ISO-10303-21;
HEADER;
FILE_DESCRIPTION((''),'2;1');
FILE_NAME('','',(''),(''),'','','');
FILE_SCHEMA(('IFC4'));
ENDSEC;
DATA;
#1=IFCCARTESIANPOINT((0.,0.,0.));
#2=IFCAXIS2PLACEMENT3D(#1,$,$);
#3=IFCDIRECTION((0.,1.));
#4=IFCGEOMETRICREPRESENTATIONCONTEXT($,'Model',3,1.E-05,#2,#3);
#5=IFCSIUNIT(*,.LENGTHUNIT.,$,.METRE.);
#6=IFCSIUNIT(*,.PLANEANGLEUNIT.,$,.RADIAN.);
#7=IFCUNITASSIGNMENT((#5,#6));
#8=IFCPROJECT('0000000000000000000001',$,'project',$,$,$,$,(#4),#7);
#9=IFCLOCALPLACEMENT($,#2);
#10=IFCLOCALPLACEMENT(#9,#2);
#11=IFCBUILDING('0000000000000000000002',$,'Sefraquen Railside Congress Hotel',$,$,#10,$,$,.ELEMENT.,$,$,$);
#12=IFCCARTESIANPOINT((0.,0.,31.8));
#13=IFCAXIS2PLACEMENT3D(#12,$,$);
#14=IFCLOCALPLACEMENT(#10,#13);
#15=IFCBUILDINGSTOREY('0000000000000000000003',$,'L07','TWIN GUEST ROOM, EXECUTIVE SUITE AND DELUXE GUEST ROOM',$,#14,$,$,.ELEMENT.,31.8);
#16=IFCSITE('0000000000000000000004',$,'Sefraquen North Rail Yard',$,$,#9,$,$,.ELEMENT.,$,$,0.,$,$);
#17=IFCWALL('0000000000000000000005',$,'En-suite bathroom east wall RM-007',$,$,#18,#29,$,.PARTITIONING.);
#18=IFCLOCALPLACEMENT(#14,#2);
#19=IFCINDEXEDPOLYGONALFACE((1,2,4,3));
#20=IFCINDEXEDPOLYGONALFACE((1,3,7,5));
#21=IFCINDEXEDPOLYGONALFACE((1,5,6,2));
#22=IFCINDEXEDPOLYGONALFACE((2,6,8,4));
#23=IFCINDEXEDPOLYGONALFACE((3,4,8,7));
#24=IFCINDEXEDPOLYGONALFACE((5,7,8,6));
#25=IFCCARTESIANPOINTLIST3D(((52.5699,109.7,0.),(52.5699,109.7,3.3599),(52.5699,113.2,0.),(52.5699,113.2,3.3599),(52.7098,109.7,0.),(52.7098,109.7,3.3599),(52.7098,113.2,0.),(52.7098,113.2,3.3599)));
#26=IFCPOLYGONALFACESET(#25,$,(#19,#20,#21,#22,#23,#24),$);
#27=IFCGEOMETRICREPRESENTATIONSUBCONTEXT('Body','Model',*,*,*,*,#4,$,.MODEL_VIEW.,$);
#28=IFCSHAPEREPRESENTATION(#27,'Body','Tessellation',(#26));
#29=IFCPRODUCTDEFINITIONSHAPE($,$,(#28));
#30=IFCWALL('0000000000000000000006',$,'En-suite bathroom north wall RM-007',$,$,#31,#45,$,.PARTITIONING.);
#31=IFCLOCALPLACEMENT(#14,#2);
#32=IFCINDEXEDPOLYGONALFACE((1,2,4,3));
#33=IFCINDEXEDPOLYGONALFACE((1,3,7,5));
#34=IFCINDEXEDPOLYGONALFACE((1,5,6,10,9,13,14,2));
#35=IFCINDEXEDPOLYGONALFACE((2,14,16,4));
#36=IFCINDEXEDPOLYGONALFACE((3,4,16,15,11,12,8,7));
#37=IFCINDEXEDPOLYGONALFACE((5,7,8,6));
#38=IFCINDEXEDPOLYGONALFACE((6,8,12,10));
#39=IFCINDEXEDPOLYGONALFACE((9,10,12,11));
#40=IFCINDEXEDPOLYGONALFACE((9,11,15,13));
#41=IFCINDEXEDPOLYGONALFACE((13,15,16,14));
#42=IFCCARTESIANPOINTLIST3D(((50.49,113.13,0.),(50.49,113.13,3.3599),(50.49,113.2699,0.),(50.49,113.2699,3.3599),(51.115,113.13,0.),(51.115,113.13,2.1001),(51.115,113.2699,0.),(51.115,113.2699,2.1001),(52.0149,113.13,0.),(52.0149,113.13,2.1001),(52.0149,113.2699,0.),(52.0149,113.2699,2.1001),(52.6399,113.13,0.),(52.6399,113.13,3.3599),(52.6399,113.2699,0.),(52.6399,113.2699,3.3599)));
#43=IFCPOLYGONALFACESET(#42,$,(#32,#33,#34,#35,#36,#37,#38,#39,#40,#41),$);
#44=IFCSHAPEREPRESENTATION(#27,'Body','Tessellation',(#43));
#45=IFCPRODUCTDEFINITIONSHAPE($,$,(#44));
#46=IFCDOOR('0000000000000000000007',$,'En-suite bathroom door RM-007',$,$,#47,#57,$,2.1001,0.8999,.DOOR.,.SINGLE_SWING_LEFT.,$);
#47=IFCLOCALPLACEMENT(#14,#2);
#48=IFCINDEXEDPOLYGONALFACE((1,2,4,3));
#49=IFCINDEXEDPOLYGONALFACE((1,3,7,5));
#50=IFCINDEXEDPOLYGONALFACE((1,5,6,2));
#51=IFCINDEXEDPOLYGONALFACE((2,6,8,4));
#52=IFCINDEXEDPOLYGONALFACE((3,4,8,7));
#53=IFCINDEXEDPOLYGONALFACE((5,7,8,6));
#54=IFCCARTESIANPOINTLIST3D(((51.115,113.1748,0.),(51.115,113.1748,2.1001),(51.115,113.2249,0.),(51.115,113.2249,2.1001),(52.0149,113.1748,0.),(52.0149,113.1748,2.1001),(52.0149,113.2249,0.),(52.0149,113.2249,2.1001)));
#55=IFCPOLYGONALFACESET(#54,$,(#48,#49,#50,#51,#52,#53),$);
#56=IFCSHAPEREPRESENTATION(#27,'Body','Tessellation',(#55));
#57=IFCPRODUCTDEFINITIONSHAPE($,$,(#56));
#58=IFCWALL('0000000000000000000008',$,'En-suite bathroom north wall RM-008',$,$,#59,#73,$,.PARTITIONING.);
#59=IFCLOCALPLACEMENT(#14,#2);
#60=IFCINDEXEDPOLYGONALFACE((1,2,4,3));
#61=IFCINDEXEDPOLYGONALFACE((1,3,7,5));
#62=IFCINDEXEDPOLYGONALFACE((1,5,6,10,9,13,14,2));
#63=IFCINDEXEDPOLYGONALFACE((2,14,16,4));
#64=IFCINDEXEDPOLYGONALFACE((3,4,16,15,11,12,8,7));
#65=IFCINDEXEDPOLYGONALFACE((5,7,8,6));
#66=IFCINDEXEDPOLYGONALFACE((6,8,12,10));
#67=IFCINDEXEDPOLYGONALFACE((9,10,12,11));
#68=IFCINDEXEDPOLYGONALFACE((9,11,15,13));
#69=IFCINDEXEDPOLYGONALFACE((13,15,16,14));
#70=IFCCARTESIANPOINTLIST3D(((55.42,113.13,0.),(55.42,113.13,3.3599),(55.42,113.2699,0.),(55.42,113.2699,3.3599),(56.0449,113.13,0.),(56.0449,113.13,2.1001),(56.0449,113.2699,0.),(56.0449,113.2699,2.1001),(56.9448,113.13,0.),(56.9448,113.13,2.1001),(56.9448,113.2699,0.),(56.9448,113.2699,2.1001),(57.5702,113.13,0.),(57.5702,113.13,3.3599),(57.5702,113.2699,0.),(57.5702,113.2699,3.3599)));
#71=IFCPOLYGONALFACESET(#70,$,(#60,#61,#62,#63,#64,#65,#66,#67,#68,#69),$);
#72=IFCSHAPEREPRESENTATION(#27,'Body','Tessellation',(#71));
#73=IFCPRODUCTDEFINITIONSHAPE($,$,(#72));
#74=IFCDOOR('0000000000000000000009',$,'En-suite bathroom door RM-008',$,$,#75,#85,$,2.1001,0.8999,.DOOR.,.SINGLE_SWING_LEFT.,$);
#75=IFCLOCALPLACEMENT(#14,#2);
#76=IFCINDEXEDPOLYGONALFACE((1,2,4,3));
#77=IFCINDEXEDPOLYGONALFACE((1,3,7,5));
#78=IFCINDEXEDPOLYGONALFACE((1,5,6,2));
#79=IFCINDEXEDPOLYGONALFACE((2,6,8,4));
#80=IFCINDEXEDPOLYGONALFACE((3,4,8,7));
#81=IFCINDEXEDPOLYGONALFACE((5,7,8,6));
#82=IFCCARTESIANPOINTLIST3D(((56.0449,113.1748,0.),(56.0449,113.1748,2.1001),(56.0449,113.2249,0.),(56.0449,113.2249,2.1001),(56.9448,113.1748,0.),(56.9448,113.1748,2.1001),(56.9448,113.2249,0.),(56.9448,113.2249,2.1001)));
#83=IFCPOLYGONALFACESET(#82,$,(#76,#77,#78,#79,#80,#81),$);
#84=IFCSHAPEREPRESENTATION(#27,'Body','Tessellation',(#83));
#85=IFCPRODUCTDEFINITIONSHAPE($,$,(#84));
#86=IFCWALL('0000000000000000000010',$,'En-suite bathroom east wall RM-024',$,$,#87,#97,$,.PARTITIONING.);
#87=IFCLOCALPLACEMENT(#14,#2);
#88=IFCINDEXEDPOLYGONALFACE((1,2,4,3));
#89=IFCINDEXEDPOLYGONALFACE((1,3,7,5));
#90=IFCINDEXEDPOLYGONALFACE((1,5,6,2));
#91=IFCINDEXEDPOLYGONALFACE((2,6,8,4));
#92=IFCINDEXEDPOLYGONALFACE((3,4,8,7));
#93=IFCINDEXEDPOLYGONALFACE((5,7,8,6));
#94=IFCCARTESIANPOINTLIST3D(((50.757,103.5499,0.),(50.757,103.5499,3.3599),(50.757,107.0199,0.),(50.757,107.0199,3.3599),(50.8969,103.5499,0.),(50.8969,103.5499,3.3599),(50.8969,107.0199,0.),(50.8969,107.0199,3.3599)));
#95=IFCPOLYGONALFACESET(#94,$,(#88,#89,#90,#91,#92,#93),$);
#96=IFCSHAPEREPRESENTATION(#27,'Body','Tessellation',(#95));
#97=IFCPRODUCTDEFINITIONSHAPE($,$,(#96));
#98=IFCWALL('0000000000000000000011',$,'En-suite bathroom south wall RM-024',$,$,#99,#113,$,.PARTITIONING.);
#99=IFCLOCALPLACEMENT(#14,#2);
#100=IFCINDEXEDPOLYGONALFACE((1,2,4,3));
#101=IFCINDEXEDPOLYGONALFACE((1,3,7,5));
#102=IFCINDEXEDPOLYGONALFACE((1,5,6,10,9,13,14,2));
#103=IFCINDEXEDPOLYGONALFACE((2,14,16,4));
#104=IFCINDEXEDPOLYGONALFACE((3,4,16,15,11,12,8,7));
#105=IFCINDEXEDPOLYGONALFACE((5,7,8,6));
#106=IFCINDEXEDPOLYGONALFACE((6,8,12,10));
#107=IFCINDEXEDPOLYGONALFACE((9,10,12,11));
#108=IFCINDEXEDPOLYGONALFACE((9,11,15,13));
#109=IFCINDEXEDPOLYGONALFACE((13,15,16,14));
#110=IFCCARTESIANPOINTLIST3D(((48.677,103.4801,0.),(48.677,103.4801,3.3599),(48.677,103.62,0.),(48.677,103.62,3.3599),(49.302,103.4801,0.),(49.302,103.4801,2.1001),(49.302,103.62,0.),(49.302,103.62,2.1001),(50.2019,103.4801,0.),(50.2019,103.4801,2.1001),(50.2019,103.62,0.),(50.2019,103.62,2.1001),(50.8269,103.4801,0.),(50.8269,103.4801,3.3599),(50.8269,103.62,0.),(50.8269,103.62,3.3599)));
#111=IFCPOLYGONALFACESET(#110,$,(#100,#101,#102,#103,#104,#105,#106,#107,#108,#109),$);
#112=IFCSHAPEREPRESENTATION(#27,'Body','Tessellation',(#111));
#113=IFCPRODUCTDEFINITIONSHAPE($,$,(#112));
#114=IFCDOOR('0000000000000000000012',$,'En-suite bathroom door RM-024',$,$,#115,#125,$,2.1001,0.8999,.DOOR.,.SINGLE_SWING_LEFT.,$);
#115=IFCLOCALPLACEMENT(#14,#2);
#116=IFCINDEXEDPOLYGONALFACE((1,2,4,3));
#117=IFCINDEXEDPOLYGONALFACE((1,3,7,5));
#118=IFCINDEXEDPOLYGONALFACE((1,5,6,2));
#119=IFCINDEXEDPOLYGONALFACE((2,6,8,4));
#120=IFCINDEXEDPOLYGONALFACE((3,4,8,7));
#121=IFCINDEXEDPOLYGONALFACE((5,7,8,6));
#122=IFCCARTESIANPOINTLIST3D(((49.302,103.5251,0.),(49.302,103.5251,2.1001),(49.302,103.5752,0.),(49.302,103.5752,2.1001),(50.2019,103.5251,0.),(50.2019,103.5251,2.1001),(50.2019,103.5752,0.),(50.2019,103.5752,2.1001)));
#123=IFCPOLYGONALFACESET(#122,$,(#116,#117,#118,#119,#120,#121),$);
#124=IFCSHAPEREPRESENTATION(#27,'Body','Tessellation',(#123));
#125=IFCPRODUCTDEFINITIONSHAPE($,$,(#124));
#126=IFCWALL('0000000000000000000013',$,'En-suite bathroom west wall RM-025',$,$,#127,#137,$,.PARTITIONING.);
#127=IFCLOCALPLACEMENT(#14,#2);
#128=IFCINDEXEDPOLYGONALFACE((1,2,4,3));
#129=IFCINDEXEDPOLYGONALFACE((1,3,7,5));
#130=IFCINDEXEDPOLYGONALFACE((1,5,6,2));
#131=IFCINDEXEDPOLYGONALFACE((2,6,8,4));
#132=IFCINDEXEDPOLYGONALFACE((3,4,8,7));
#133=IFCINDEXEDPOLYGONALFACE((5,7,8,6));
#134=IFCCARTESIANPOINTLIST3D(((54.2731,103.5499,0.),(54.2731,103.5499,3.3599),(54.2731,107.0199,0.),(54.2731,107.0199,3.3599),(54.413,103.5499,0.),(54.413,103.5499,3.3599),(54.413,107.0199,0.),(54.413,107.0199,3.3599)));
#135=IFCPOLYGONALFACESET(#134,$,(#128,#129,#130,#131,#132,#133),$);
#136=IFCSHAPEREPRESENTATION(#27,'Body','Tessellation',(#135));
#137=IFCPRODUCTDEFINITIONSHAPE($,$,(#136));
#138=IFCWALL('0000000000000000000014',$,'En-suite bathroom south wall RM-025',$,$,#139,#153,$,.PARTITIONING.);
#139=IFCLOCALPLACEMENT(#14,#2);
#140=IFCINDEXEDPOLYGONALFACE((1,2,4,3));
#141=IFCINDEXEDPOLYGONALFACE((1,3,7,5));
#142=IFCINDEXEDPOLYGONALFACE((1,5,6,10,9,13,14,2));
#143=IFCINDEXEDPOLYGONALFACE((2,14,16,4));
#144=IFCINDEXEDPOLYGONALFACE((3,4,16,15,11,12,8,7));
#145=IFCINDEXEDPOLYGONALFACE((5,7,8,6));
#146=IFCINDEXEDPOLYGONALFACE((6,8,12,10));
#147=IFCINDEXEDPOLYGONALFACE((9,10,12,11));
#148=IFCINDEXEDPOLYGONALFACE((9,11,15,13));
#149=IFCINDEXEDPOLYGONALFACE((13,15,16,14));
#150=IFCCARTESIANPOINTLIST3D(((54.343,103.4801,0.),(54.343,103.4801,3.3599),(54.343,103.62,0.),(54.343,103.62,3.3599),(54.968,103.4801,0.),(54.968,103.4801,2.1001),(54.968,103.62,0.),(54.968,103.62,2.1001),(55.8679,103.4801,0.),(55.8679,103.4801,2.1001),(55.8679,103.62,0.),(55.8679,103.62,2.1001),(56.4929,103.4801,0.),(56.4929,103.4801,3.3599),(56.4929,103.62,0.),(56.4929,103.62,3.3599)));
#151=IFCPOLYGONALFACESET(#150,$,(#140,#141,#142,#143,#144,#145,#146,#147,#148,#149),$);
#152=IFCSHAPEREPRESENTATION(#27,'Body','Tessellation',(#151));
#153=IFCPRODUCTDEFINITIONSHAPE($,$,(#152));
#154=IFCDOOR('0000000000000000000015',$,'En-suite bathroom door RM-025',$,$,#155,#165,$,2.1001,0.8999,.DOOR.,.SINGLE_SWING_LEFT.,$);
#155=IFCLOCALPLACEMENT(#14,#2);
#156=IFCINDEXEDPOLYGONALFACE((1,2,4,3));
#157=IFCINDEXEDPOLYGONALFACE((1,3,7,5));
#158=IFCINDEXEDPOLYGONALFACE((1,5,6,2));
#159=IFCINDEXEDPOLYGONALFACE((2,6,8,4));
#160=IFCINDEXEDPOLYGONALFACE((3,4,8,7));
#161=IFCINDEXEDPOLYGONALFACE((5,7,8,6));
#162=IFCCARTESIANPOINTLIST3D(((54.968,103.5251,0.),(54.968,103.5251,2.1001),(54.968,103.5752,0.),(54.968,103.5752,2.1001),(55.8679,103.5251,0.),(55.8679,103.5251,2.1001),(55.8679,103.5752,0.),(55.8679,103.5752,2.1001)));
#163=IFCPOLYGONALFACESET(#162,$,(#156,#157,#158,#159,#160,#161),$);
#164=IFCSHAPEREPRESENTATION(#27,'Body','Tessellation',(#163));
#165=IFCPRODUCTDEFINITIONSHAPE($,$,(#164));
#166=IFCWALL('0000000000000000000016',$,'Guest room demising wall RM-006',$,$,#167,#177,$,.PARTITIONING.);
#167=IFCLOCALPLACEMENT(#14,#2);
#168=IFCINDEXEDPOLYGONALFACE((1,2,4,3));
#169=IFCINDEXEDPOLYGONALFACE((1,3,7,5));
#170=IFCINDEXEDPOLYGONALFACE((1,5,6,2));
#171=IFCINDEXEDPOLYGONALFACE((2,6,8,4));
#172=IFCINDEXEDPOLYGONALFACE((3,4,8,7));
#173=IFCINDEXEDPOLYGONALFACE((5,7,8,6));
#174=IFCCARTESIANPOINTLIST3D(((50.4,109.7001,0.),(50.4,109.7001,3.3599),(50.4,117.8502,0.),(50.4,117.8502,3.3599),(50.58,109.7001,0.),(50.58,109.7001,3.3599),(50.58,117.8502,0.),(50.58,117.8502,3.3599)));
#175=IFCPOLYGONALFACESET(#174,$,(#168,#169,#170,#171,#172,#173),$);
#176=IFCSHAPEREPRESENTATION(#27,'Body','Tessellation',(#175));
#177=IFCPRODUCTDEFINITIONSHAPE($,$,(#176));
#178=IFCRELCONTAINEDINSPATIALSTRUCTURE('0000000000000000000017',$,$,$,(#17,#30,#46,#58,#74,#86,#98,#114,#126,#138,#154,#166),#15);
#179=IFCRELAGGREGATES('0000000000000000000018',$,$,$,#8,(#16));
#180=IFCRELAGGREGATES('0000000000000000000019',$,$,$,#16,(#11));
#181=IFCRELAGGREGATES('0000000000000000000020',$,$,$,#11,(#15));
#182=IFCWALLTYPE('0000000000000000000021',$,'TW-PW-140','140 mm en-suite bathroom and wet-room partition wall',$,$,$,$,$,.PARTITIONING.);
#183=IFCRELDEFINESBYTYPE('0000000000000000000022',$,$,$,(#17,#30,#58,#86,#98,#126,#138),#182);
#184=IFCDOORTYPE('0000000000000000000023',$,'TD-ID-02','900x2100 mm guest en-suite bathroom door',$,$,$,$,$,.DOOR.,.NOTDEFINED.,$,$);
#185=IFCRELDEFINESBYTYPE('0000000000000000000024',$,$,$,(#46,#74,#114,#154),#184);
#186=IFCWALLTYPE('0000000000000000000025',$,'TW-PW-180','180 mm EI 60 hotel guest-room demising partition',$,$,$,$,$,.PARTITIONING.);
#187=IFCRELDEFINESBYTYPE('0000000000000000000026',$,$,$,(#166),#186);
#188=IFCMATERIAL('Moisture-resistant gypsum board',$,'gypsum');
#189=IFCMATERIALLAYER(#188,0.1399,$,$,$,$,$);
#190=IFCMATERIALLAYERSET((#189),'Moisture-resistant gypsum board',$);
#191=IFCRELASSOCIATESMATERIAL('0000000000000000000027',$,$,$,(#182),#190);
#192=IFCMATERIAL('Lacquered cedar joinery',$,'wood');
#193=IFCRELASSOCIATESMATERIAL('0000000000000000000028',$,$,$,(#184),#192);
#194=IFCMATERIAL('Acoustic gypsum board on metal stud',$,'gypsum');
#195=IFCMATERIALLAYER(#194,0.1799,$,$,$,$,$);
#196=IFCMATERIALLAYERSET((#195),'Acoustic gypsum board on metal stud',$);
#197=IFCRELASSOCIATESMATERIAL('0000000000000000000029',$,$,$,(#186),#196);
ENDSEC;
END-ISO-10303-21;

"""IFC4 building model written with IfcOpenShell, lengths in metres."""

from ifc_helpers import new_model, si_unit, direction, frame, frame_2d, origin, place, context, subcontext, project, spatial, rectangle, extrude, material, layer, layer_set, type_object, element, fill, save


model = new_model("IFC4")

# Units and contexts
model_context = context("Model", 3, precision=1e-05, world=origin(), true_north=direction((0.0, 1.0)))
body_context = subcontext(model_context, "Body", "Model", "MODEL_VIEW")
ifc_project = project(units=[si_unit("LENGTHUNIT", "METRE"), si_unit("PLANEANGLEUNIT", "RADIAN")], contexts=[model_context])

# Site, building, storey
site_placement = place(None, origin())
site = spatial("IfcSite", under=ifc_project, at=site_placement, Name="Sefraquen North Rail Yard", CompositionType="ELEMENT", RefElevation=0.0)
building_placement = place(site_placement, origin())
building = spatial("IfcBuilding", under=site, at=building_placement, Name="Sefraquen Railside Congress Hotel", CompositionType="ELEMENT")
storey_placement = place(building_placement, frame((0.0, 0.0, 31.8)))
storey = spatial("IfcBuildingStorey", under=building, at=storey_placement, Name="L07", Description="TWIN GUEST ROOM, EXECUTIVE SUITE AND DELUXE GUEST ROOM", CompositionType="ELEMENT", Elevation=31.8)

# Shared definitions
ifc_material_1 = material(Name="Moisture-resistant gypsum board", Category="gypsum")
ifc_layer_1 = layer(ifc_material_1, 0.1399)
ifc_layer_set_1 = layer_set([ifc_layer_1], Name="Moisture-resistant gypsum board")
wall_type_1 = type_object("IfcWallType", Name="TW-PW-140", Description="140 mm en-suite bathroom and wet-room partition wall", PredefinedType="PARTITIONING", material=ifc_layer_set_1)

# Shared definitions
ifc_material_2 = material(Name="Lacquered cedar joinery", Category="wood")
door_type = type_object("IfcDoorType", Name="TD-ID-02", Description="900x2100 mm guest en-suite bathroom door", OperationType="NOTDEFINED", PredefinedType="DOOR", material=ifc_material_2)

# Wall
wall_1_placement = place(storey_placement, frame((52.6399, 109.7, 0.0), z_axis=(0.0, 0.0, 1.0), x_axis=(0.0, 1.0, 0.0)))
element("IfcWall", 1, at=wall_1_placement, inside=storey, type_object=wall_type_1, Name="En-suite bathroom east wall RM-007", PredefinedType="PARTITIONING", context=body_context, shape_type="SweptSolid", body=[
    extrude(rectangle(XDim=3.5, YDim=0.1399, at=frame_2d((1.75, 0.0))), origin(), (0.0, 0.0, 1.0), 3.3599),
])

# Walls, openings, doors
wall_2_placement = place(storey_placement, frame((50.49, 113.2, 0.0), z_axis=(0.0, 0.0, 1.0), x_axis=(1.0, 0.0, 0.0)))
wall_2 = element("IfcWall", 2, at=wall_2_placement, inside=storey, type_object=wall_type_1, Name="En-suite bathroom north wall RM-007", PredefinedType="PARTITIONING", context=body_context, shape_type="SweptSolid", body=[
    extrude(rectangle(XDim=2.1499, YDim=0.1399, at=frame_2d((1.075, 0.0))), origin(), (0.0, 0.0, 1.0), 3.3599),
])
opening_1_placement = place(wall_2_placement, frame((0.625, 0.0, 0.0)))
opening_1 = element("IfcOpeningElement", 3, at=opening_1_placement, cuts=wall_2, PredefinedType="OPENING", context=body_context, shape_type="SweptSolid", body=[
    extrude(rectangle(XDim=0.8999, YDim=2.1001, at=frame_2d((0.45, 1.05))), frame((0.0, 0.0798, 0.0), z_axis=(0.0, -1.0, 0.0), x_axis=(1.0, 0.0, 0.0)), (0.0, 0.0, 1.0), 0.1599),
])
door_1_placement = place(opening_1_placement, origin())
door_1 = element("IfcDoor", 4, at=door_1_placement, inside=storey, type_object=door_type, Name="En-suite bathroom door RM-007", OperationType="SINGLE_SWING_LEFT", OverallHeight=2.1001, OverallWidth=0.8999, PredefinedType="DOOR", context=body_context, shape_type="SweptSolid", body=[
    extrude(rectangle(XDim=0.8999, YDim=2.1001, at=frame_2d((0.45, 1.05))), frame((0.0, 0.0249, 0.0), z_axis=(0.0, -1.0, 0.0), x_axis=(1.0, 0.0, 0.0)), (0.0, 0.0, 1.0), 0.05),
])
fill(opening_1, door_1)
wall_3_placement = place(storey_placement, frame((55.4199, 113.2, 0.0), z_axis=(0.0, 0.0, 1.0), x_axis=(1.0, 0.0, 0.0)))
wall_3 = element("IfcWall", 5, at=wall_3_placement, inside=storey, type_object=wall_type_1, Name="En-suite bathroom north wall RM-008", PredefinedType="PARTITIONING", context=body_context, shape_type="SweptSolid", body=[
    extrude(rectangle(XDim=2.1501, YDim=0.1399, at=frame_2d((1.0752, 0.0))), origin(), (0.0, 0.0, 1.0), 3.3599),
])
opening_2_placement = place(wall_3_placement, frame((0.625, 0.0, 0.0)))
opening_2 = element("IfcOpeningElement", 6, at=opening_2_placement, cuts=wall_3, PredefinedType="OPENING", context=body_context, shape_type="SweptSolid", body=[
    extrude(rectangle(XDim=0.8999, YDim=2.1001, at=frame_2d((0.45, 1.05))), frame((0.0, 0.0798, 0.0), z_axis=(0.0, -1.0, 0.0), x_axis=(1.0, 0.0, 0.0)), (0.0, 0.0, 1.0), 0.1599),
])
door_2_placement = place(opening_2_placement, origin())
door_2 = element("IfcDoor", 7, at=door_2_placement, inside=storey, type_object=door_type, Name="En-suite bathroom door RM-008", OperationType="SINGLE_SWING_LEFT", OverallHeight=2.1001, OverallWidth=0.8999, PredefinedType="DOOR", context=body_context, shape_type="SweptSolid", body=[
    extrude(rectangle(XDim=0.8999, YDim=2.1001, at=frame_2d((0.45, 1.05))), frame((0.0, 0.0249, 0.0), z_axis=(0.0, -1.0, 0.0), x_axis=(1.0, 0.0, 0.0)), (0.0, 0.0, 1.0), 0.05),
])
fill(opening_2, door_2)

# Wall
wall_4_placement = place(storey_placement, frame((50.8269, 103.55, 0.0), z_axis=(0.0, 0.0, 1.0), x_axis=(0.0, 1.0, 0.0)))
element("IfcWall", 8, at=wall_4_placement, inside=storey, type_object=wall_type_1, Name="En-suite bathroom east wall RM-024", PredefinedType="PARTITIONING", context=body_context, shape_type="SweptSolid", body=[
    extrude(rectangle(XDim=3.47, YDim=0.1399, at=frame_2d((1.7349, 0.0))), origin(), (0.0, 0.0, 1.0), 3.3599),
])

# Wall, opening, door
wall_5_placement = place(storey_placement, frame((48.677, 103.55, 0.0), z_axis=(0.0, 0.0, 1.0), x_axis=(1.0, 0.0, 0.0)))
wall_5 = element("IfcWall", 9, at=wall_5_placement, inside=storey, type_object=wall_type_1, Name="En-suite bathroom south wall RM-024", PredefinedType="PARTITIONING", context=body_context, shape_type="SweptSolid", body=[
    extrude(rectangle(XDim=2.1499, YDim=0.1399, at=frame_2d((1.075, 0.0))), origin(), (0.0, 0.0, 1.0), 3.3599),
])
opening_3_placement = place(wall_5_placement, frame((0.625, 0.0, 0.0)))
opening_3 = element("IfcOpeningElement", 10, at=opening_3_placement, cuts=wall_5, PredefinedType="OPENING", context=body_context, shape_type="SweptSolid", body=[
    extrude(rectangle(XDim=0.8999, YDim=2.1001, at=frame_2d((0.45, 1.05))), frame((0.0, 0.0798, 0.0), z_axis=(0.0, -1.0, 0.0), x_axis=(1.0, 0.0, 0.0)), (0.0, 0.0, 1.0), 0.1599),
])
door_3_placement = place(opening_3_placement, frame((0.8999, 0.0, 0.0), z_axis=(0.0, 0.0, 1.0), x_axis=(-1.0, 0.0, 0.0)))
door_3 = element("IfcDoor", 11, at=door_3_placement, inside=storey, type_object=door_type, Name="En-suite bathroom door RM-024", OperationType="SINGLE_SWING_LEFT", OverallHeight=2.1001, OverallWidth=0.8999, PredefinedType="DOOR", context=body_context, shape_type="SweptSolid", body=[
    extrude(rectangle(XDim=0.8999, YDim=2.1001, at=frame_2d((0.45, 1.05))), frame((0.0, 0.0249, 0.0), z_axis=(0.0, -1.0, 0.0), x_axis=(1.0, 0.0, 0.0)), (0.0, 0.0, 1.0), 0.05),
])
fill(opening_3, door_3)

# Wall
wall_6_placement = place(storey_placement, frame((54.343, 103.55, 0.0), z_axis=(0.0, 0.0, 1.0), x_axis=(0.0, 1.0, 0.0)))
element("IfcWall", 12, at=wall_6_placement, inside=storey, type_object=wall_type_1, Name="En-suite bathroom west wall RM-025", PredefinedType="PARTITIONING", context=body_context, shape_type="SweptSolid", body=[
    extrude(rectangle(XDim=3.47, YDim=0.1399, at=frame_2d((1.7349, 0.0))), origin(), (0.0, 0.0, 1.0), 3.3599),
])

# Wall, opening, door
wall_7_placement = place(storey_placement, frame((54.343, 103.55, 0.0), z_axis=(0.0, 0.0, 1.0), x_axis=(1.0, 0.0, 0.0)))
wall_7 = element("IfcWall", 13, at=wall_7_placement, inside=storey, type_object=wall_type_1, Name="En-suite bathroom south wall RM-025", PredefinedType="PARTITIONING", context=body_context, shape_type="SweptSolid", body=[
    extrude(rectangle(XDim=2.1499, YDim=0.1399, at=frame_2d((1.075, 0.0))), origin(), (0.0, 0.0, 1.0), 3.3599),
])
opening_4_placement = place(wall_7_placement, frame((0.625, 0.0, 0.0)))
opening_4 = element("IfcOpeningElement", 14, at=opening_4_placement, cuts=wall_7, PredefinedType="OPENING", context=body_context, shape_type="SweptSolid", body=[
    extrude(rectangle(XDim=0.8999, YDim=2.1001, at=frame_2d((0.45, 1.05))), frame((0.0, 0.0798, 0.0), z_axis=(0.0, -1.0, 0.0), x_axis=(1.0, 0.0, 0.0)), (0.0, 0.0, 1.0), 0.1599),
])
door_4_placement = place(opening_4_placement, frame((0.8999, 0.0, 0.0), z_axis=(0.0, 0.0, 1.0), x_axis=(-1.0, 0.0, 0.0)))
door_4 = element("IfcDoor", 15, at=door_4_placement, inside=storey, type_object=door_type, Name="En-suite bathroom door RM-025", OperationType="SINGLE_SWING_LEFT", OverallHeight=2.1001, OverallWidth=0.8999, PredefinedType="DOOR", context=body_context, shape_type="SweptSolid", body=[
    extrude(rectangle(XDim=0.8999, YDim=2.1001, at=frame_2d((0.45, 1.05))), frame((0.0, 0.0249, 0.0), z_axis=(0.0, -1.0, 0.0), x_axis=(1.0, 0.0, 0.0)), (0.0, 0.0, 1.0), 0.05),
])
fill(opening_4, door_4)

# Wall
ifc_material_3 = material(Name="Acoustic gypsum board on metal stud", Category="gypsum")
ifc_layer_2 = layer(ifc_material_3, 0.1799)
ifc_layer_set_2 = layer_set([ifc_layer_2], Name="Acoustic gypsum board on metal stud")
wall_type_2 = type_object("IfcWallType", Name="TW-PW-180", Description="180 mm EI 60 hotel guest-room demising partition", PredefinedType="PARTITIONING", material=ifc_layer_set_2)
for number, where, z_axis, x_axis, name in (
    (16, (50.49, 109.7, 0.0), (0.0, 0.0, 1.0), (0.0, 1.0, 0.0), "Guest room demising wall RM-006"),
):
    element("IfcWall", number, at=place(storey_placement, frame(where, z_axis=z_axis, x_axis=x_axis)), inside=storey, type_object=wall_type_2, Name=name, PredefinedType="PARTITIONING", context=body_context, shape_type="SweptSolid", body=[
        extrude(rectangle(XDim=8.1501, YDim=0.1799, at=frame_2d((4.0752, 0.0))), origin(), (0.0, 0.0, 1.0), 3.3599),
    ])

save(model, "model.ifc")
